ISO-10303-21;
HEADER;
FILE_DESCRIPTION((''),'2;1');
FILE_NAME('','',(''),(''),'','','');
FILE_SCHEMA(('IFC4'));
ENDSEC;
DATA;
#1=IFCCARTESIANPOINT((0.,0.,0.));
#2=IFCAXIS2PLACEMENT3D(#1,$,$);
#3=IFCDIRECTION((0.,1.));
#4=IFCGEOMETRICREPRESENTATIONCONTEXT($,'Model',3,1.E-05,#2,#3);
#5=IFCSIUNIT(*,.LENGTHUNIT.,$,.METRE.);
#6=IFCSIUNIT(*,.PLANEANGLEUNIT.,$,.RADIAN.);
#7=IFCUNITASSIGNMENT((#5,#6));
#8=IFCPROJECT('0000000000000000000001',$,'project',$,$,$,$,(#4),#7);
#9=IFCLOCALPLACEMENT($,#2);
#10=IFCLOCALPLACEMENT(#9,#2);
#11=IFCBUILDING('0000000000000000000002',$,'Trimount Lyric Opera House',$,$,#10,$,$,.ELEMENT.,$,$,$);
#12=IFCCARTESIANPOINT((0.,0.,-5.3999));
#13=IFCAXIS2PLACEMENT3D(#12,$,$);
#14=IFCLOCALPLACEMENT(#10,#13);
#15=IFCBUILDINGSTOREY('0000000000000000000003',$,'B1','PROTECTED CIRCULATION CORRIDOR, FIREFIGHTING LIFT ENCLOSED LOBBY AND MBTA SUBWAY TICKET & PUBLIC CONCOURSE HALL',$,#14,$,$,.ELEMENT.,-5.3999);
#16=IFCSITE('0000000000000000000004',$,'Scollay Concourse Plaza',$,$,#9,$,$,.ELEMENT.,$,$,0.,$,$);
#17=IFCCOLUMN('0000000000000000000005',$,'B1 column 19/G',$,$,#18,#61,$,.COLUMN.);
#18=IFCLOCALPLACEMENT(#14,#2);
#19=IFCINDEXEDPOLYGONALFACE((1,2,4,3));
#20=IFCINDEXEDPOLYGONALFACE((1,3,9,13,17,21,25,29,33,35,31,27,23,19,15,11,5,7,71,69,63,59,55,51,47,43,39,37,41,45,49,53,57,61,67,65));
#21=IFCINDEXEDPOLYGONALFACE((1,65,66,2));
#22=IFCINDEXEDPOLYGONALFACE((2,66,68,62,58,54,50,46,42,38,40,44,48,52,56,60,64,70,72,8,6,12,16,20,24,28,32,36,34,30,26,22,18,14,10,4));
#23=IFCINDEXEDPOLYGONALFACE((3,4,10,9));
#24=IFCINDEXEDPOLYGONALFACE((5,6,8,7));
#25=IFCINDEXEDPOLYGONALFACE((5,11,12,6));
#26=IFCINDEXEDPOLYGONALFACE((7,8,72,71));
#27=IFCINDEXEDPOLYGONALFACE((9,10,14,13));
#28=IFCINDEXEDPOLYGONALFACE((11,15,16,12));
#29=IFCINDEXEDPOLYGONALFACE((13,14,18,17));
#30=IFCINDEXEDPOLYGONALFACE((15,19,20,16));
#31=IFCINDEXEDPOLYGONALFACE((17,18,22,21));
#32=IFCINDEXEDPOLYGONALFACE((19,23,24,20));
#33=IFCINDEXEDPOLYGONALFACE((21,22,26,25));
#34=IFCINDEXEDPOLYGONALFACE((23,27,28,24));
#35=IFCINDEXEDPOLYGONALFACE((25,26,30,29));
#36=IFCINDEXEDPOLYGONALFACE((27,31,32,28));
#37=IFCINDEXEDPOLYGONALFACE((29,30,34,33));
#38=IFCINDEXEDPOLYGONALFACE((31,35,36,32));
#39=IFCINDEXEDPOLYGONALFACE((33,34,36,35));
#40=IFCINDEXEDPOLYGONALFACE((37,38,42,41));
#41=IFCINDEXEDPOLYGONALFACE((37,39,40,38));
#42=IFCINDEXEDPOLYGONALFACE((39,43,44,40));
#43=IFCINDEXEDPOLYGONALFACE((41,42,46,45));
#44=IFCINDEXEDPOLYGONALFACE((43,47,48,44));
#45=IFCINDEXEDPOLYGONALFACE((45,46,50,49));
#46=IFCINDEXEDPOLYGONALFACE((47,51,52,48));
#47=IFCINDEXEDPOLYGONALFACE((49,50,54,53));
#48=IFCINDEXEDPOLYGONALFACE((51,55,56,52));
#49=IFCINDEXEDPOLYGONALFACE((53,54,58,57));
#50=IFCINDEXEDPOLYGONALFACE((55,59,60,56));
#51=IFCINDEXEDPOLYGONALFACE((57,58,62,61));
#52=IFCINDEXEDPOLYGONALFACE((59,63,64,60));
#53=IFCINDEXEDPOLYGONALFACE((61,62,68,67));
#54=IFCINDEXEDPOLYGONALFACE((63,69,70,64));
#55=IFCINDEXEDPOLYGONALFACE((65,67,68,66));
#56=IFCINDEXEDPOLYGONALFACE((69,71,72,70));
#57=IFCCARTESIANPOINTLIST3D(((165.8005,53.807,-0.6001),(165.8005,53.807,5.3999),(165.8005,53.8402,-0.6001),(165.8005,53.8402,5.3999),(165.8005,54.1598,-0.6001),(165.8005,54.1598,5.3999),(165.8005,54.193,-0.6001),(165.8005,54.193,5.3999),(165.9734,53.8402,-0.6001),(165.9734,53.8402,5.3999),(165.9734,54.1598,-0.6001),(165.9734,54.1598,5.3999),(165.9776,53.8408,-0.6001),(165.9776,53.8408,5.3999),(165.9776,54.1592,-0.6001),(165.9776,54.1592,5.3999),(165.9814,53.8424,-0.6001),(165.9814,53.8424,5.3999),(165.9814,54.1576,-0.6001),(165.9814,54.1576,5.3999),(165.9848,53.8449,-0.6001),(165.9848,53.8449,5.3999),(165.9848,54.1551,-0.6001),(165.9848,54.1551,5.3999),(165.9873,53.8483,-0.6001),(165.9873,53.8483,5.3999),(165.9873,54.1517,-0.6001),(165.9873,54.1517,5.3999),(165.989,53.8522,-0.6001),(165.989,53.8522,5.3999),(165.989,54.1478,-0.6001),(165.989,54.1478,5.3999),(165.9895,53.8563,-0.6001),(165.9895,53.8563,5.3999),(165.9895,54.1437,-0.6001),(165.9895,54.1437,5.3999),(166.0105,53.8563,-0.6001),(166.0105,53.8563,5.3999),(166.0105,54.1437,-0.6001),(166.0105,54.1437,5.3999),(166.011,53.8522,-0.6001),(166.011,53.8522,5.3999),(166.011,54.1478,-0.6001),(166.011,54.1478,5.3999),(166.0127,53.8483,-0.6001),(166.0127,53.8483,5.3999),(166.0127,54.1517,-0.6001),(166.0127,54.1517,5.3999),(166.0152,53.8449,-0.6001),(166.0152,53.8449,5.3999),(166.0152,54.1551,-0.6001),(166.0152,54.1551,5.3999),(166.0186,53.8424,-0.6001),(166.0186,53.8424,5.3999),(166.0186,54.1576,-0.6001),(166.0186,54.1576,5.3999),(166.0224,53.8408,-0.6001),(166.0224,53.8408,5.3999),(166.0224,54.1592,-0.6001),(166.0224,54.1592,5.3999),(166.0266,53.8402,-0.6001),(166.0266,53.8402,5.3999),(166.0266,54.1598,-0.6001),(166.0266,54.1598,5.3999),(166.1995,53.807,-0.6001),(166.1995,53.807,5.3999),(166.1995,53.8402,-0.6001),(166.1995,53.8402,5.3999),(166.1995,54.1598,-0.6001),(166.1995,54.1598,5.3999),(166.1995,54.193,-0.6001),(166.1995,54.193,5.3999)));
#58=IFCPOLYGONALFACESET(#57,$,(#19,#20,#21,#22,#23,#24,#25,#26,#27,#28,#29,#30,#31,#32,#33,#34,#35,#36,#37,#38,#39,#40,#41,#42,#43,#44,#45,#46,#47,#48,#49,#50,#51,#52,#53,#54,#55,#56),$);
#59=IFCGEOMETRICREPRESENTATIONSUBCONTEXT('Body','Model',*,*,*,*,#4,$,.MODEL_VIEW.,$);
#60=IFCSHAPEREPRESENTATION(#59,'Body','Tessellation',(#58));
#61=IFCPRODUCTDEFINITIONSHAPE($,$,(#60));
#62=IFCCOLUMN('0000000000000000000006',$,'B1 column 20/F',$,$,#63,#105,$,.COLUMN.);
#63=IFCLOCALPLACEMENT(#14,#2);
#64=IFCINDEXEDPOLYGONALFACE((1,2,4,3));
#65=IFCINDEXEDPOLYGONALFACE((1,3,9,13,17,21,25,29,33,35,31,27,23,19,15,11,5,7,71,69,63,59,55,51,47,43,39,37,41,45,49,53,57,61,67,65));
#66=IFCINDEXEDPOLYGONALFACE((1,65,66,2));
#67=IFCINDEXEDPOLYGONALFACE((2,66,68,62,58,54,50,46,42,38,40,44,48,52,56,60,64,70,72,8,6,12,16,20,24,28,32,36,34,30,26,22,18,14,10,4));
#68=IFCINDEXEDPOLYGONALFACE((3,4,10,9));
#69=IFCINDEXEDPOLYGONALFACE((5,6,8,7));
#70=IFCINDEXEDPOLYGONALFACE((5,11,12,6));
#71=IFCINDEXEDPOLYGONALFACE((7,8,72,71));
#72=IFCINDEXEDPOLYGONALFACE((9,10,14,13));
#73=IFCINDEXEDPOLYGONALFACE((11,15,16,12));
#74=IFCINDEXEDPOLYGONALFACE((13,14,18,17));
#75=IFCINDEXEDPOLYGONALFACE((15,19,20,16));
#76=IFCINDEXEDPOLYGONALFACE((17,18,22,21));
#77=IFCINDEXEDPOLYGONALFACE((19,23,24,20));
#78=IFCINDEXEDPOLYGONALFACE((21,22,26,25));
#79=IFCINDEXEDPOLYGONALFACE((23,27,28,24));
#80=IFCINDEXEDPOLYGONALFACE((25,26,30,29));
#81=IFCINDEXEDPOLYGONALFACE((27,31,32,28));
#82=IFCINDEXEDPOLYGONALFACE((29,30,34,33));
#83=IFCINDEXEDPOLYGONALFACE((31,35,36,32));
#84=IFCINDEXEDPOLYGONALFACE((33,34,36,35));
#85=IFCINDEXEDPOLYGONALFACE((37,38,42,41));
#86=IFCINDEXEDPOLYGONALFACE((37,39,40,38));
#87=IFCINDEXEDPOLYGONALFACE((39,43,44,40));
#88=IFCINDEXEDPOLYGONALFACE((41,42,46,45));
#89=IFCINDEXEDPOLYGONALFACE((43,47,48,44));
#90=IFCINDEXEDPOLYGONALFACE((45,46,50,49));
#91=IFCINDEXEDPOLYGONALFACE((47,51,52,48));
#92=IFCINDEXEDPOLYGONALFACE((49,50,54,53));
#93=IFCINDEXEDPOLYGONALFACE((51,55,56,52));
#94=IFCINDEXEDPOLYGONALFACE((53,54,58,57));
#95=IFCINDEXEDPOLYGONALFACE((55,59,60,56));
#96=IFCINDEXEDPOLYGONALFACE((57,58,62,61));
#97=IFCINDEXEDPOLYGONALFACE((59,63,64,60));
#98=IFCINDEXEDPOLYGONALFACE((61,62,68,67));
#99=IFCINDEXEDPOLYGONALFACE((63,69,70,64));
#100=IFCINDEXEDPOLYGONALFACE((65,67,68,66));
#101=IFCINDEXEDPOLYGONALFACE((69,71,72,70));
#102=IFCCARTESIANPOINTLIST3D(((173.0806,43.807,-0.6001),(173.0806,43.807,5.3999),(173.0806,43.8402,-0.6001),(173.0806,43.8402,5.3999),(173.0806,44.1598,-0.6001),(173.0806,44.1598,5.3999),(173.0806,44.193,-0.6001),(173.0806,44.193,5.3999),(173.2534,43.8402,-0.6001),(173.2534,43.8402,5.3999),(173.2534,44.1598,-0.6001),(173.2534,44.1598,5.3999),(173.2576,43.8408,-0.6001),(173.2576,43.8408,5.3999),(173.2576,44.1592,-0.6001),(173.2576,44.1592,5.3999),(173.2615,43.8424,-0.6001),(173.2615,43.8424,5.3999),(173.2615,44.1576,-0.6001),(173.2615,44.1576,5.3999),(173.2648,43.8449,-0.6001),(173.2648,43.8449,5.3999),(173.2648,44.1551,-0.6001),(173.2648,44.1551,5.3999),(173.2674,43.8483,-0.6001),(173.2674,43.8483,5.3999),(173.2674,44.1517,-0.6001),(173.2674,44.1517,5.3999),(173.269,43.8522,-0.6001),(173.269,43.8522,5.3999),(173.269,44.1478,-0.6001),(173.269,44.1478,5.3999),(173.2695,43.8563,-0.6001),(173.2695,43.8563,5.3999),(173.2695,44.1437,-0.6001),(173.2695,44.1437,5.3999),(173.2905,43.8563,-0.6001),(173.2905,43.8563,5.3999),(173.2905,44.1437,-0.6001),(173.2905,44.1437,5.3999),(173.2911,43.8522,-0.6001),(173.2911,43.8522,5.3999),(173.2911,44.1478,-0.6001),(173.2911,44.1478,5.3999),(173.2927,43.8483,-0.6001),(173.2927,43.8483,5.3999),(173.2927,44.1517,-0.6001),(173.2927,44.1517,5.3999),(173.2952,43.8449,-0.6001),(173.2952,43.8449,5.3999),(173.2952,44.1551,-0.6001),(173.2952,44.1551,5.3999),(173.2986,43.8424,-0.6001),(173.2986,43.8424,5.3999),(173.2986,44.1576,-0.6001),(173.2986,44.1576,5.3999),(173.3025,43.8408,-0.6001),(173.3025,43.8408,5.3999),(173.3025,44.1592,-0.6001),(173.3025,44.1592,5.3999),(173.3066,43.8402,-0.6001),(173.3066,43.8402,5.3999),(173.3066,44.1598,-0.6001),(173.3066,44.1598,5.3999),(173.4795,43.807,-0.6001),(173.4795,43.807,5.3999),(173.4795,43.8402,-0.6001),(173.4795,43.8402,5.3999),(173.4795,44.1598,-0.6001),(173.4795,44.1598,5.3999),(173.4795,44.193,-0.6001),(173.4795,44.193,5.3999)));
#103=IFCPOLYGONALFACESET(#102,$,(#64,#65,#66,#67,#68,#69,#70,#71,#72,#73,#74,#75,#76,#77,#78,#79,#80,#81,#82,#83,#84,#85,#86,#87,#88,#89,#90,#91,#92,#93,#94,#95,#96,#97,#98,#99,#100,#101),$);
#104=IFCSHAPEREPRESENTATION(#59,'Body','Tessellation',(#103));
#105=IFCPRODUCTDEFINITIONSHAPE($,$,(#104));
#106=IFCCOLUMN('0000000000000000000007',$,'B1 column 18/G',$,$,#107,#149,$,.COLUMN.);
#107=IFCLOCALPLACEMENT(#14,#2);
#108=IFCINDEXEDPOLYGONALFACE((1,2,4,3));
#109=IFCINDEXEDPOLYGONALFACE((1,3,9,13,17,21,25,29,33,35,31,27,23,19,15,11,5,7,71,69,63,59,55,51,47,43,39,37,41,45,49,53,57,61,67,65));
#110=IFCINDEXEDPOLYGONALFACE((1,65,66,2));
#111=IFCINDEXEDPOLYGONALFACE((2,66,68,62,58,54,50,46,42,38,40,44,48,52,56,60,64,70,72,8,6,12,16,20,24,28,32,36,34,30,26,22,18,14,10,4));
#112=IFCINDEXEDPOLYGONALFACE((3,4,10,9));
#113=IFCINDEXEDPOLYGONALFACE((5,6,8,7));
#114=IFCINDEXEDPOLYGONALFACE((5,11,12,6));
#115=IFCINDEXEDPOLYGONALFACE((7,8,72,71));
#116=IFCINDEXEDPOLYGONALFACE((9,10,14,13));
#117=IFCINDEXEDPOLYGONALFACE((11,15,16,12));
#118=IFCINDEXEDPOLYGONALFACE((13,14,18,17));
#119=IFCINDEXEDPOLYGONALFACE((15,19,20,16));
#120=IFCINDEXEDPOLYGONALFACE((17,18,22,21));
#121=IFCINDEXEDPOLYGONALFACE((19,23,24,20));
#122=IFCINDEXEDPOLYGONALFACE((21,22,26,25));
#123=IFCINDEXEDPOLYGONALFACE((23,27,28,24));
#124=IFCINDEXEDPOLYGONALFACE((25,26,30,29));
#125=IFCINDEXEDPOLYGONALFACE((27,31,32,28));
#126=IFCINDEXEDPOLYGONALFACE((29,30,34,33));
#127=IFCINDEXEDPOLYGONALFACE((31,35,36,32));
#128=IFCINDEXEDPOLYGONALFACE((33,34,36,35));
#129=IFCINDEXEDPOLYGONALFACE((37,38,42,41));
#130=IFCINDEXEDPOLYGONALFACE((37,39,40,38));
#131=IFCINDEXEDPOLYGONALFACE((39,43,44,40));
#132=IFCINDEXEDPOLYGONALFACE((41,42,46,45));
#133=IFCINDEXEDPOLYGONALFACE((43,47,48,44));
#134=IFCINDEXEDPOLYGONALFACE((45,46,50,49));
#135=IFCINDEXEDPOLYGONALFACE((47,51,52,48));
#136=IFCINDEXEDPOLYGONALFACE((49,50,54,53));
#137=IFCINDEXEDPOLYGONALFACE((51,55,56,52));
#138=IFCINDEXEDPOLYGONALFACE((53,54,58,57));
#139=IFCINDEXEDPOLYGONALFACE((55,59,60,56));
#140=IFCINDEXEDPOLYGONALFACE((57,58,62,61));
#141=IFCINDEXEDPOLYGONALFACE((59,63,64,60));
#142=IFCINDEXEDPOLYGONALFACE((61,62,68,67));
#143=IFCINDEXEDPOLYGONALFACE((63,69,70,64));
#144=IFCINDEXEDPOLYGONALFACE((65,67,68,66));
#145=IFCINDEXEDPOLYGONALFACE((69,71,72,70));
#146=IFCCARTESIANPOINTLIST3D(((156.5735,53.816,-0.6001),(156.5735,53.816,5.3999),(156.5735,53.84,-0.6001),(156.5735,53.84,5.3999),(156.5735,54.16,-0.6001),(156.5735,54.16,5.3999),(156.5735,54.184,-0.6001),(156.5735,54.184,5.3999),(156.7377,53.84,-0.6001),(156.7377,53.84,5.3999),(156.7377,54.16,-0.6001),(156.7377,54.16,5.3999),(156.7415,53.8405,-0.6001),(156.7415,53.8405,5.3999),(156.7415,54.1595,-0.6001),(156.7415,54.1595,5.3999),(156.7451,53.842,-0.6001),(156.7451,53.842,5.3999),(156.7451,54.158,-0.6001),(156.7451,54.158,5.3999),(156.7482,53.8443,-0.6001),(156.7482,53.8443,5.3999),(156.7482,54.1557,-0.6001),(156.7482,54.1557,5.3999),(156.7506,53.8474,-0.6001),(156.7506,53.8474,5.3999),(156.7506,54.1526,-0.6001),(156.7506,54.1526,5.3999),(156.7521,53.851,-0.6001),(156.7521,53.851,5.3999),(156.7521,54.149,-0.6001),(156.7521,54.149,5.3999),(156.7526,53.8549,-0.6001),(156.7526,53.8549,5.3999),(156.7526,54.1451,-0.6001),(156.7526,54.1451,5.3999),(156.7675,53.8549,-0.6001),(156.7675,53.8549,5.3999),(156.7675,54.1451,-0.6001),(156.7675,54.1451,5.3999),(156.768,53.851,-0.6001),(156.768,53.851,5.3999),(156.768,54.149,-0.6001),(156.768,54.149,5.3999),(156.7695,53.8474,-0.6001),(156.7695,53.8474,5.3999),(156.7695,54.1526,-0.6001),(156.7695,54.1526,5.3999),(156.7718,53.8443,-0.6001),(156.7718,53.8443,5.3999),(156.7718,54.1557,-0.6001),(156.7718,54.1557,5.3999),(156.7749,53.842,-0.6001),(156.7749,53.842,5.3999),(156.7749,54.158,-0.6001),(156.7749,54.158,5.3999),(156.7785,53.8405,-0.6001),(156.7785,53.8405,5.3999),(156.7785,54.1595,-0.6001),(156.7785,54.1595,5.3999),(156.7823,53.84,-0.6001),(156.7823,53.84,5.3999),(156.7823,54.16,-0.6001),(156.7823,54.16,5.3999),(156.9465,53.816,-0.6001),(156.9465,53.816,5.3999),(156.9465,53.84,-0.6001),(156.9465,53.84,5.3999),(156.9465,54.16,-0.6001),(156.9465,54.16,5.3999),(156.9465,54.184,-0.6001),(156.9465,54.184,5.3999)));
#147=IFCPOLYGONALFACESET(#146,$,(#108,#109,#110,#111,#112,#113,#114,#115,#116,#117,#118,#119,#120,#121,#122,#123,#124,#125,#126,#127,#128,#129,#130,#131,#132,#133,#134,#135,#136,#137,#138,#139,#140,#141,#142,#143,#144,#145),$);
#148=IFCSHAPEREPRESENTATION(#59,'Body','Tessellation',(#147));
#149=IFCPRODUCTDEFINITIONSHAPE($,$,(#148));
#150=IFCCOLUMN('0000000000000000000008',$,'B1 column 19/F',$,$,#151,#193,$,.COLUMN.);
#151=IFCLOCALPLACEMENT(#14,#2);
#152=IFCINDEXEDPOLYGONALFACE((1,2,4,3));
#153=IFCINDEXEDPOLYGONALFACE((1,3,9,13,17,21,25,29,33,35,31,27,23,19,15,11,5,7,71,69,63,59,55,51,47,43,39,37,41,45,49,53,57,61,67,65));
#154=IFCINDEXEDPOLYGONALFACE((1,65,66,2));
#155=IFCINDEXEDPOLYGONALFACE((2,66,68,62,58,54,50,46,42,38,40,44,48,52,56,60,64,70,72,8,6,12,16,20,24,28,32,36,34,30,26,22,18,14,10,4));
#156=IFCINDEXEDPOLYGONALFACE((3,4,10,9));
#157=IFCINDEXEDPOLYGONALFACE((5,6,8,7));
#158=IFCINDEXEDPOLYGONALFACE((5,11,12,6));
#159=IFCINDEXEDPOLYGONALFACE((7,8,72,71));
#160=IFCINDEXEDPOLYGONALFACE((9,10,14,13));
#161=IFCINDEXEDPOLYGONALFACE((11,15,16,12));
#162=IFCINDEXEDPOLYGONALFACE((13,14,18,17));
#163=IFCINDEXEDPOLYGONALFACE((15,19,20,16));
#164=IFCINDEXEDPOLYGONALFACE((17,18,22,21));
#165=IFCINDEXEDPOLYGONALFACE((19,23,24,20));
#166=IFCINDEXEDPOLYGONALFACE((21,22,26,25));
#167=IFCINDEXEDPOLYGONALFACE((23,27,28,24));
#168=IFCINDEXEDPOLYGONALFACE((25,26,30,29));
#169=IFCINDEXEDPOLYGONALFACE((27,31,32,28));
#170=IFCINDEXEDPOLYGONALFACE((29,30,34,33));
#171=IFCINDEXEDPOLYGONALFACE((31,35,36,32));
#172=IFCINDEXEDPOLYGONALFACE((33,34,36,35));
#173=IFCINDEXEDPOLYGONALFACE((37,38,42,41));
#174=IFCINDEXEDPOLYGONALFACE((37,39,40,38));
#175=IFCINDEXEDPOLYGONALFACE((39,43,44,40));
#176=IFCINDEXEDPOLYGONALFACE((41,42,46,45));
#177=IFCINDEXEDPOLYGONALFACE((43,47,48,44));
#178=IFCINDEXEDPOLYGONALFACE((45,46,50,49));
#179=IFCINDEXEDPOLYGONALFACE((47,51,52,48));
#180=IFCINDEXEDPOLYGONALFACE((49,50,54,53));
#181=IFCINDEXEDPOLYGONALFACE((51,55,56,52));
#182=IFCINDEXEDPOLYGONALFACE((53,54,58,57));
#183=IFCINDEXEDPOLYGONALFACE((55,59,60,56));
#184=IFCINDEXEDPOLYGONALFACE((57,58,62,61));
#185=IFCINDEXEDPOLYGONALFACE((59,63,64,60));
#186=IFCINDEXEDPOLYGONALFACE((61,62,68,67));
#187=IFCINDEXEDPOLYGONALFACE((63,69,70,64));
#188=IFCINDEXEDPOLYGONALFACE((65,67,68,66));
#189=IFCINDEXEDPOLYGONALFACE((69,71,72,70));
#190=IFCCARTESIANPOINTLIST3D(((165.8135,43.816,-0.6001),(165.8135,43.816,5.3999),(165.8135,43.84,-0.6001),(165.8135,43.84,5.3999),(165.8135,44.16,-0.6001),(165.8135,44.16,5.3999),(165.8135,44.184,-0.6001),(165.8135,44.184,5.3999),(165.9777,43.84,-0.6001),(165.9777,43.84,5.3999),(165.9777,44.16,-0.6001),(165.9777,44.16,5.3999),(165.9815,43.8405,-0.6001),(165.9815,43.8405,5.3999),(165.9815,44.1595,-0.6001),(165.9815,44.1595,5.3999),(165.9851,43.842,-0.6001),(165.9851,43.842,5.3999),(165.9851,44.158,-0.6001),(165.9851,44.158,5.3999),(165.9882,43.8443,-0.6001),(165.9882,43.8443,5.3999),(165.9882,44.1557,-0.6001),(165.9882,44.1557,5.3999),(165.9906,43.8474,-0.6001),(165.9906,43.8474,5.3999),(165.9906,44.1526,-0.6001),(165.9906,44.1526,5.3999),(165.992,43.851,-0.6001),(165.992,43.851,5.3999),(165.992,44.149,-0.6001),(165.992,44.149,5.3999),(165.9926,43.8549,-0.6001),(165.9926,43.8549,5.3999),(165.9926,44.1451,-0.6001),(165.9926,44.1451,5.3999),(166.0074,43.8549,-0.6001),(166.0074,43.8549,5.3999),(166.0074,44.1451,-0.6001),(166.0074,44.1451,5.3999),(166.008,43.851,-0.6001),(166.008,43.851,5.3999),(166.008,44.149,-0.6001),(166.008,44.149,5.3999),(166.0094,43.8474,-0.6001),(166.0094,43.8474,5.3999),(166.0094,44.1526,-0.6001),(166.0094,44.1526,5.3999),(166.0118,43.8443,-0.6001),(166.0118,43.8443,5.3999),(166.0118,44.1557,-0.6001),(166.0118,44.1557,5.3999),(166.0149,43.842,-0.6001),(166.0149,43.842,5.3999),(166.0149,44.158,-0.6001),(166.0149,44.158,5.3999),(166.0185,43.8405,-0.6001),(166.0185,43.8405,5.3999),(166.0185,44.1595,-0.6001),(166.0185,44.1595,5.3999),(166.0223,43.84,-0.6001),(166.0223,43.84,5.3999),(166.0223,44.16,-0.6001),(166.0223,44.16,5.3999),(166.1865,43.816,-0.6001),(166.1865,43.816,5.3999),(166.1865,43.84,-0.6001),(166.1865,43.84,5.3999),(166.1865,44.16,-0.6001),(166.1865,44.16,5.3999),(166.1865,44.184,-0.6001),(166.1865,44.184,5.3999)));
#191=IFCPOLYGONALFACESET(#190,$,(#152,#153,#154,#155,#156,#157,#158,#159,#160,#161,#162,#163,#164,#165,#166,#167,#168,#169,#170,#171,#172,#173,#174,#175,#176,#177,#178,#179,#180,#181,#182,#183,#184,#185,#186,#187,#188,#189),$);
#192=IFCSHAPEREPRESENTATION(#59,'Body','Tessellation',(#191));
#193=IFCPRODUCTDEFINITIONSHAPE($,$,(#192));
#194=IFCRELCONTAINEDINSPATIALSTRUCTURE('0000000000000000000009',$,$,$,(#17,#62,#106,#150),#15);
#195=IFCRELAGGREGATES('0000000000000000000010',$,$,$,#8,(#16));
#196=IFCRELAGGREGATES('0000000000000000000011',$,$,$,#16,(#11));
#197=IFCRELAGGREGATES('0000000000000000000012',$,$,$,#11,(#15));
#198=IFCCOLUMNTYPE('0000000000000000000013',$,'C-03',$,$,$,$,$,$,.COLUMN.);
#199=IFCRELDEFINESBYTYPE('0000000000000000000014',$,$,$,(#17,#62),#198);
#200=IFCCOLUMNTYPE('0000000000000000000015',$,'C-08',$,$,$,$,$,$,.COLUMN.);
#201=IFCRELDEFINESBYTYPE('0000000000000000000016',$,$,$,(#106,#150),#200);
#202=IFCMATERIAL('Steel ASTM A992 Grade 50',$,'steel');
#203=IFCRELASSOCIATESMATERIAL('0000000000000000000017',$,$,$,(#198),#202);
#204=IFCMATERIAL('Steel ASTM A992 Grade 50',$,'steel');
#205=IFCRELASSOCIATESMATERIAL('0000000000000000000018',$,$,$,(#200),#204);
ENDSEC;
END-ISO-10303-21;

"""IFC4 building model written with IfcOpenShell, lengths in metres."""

from ifc_helpers import new_model, si_unit, direction, frame, origin, origin_2d, place, context, subcontext, project, spatial, i_section, extrude, material, material_profile, profile_set, type_object, element, save


model = new_model("IFC4")

# Units and contexts
model_context = context("Model", 3, precision=1e-05, world=origin(), true_north=direction((0.0, 1.0)))
body_context = subcontext(model_context, "Body", "Model", "MODEL_VIEW")
ifc_project = project(units=[si_unit("LENGTHUNIT", "METRE"), si_unit("PLANEANGLEUNIT", "RADIAN")], contexts=[model_context])

# Site, building, storey
site_placement = place(None, origin())
site = spatial("IfcSite", under=ifc_project, at=site_placement, Name="Scollay Concourse Plaza", CompositionType="ELEMENT", RefElevation=0.0)
building_placement = place(site_placement, origin())
building = spatial("IfcBuilding", under=site, at=building_placement, Name="Trimount Lyric Opera House", CompositionType="ELEMENT")
storey_placement = place(building_placement, frame((0.0, 0.0, -5.3999)))
storey = spatial("IfcBuildingStorey", under=building, at=storey_placement, Name="B1", Description="PROTECTED CIRCULATION CORRIDOR, FIREFIGHTING LIFT ENCLOSED LOBBY AND MBTA SUBWAY TICKET & PUBLIC CONCOURSE HALL", CompositionType="ELEMENT", Elevation=-5.3999)

# Columns
ifc_material_1 = material(Name="Steel ASTM A992 Grade 50", Category="steel")
ifc_material_profile_1 = material_profile(ifc_material_1, i_section(OverallWidth=0.3989, OverallDepth=0.386, WebThickness=0.021, FlangeThickness=0.0332, FilletRadius=0.0161, at=origin_2d()), Name="W14X176")
ifc_profile_set_1 = profile_set([ifc_material_profile_1], Name="Steel ASTM A992 Grade 50")
column_type_1 = type_object("IfcColumnType", Name="C-03", PredefinedType="COLUMN", material=ifc_profile_set_1)
for number, where, z_axis, x_axis, name in (
    (1, (166.0, 54.0, -0.6001), (0.0, 0.0, 1.0), (1.0, 0.0, 0.0), "B1 column 19/G"),
    (2, (173.28, 44.0, -0.6001), (0.0, 0.0, 1.0), (1.0, 0.0, 0.0), "B1 column 20/F"),
):
    element("IfcColumn", number, at=place(storey_placement, frame(where, z_axis=z_axis, x_axis=x_axis)), inside=storey, type_object=column_type_1, Name=name, PredefinedType="COLUMN", context=body_context, shape_type="SweptSolid", body=[
        extrude(i_section(OverallWidth=0.3989, OverallDepth=0.386, WebThickness=0.021, FlangeThickness=0.0332, FilletRadius=0.0161, at=origin_2d()), origin(), (0.0, 0.0, 1.0), 6.0),
    ])
ifc_material_2 = material(Name="Steel ASTM A992 Grade 50", Category="steel")
ifc_material_profile_2 = material_profile(ifc_material_2, i_section(OverallWidth=0.373, OverallDepth=0.3679, WebThickness=0.0149, FlangeThickness=0.0239, FilletRadius=0.0149, at=origin_2d()), Name="W14X120")
ifc_profile_set_2 = profile_set([ifc_material_profile_2], Name="Steel ASTM A992 Grade 50")
column_type_2 = type_object("IfcColumnType", Name="C-08", PredefinedType="COLUMN", material=ifc_profile_set_2)
for number, where, z_axis, x_axis, name in (
    (3, (156.76, 54.0, -0.6001), (0.0, 0.0, 1.0), (1.0, 0.0, 0.0), "B1 column 18/G"),
    (4, (166.0, 44.0, -0.6001), (0.0, 0.0, 1.0), (1.0, 0.0, 0.0), "B1 column 19/F"),
):
    element("IfcColumn", number, at=place(storey_placement, frame(where, z_axis=z_axis, x_axis=x_axis)), inside=storey, type_object=column_type_2, Name=name, PredefinedType="COLUMN", context=body_context, shape_type="SweptSolid", body=[
        extrude(i_section(OverallWidth=0.373, OverallDepth=0.3679, WebThickness=0.0149, FlangeThickness=0.0239, FilletRadius=0.0149, at=origin_2d()), origin(), (0.0, 0.0, 1.0), 6.0),
    ])

save(model, "model.ifc")
